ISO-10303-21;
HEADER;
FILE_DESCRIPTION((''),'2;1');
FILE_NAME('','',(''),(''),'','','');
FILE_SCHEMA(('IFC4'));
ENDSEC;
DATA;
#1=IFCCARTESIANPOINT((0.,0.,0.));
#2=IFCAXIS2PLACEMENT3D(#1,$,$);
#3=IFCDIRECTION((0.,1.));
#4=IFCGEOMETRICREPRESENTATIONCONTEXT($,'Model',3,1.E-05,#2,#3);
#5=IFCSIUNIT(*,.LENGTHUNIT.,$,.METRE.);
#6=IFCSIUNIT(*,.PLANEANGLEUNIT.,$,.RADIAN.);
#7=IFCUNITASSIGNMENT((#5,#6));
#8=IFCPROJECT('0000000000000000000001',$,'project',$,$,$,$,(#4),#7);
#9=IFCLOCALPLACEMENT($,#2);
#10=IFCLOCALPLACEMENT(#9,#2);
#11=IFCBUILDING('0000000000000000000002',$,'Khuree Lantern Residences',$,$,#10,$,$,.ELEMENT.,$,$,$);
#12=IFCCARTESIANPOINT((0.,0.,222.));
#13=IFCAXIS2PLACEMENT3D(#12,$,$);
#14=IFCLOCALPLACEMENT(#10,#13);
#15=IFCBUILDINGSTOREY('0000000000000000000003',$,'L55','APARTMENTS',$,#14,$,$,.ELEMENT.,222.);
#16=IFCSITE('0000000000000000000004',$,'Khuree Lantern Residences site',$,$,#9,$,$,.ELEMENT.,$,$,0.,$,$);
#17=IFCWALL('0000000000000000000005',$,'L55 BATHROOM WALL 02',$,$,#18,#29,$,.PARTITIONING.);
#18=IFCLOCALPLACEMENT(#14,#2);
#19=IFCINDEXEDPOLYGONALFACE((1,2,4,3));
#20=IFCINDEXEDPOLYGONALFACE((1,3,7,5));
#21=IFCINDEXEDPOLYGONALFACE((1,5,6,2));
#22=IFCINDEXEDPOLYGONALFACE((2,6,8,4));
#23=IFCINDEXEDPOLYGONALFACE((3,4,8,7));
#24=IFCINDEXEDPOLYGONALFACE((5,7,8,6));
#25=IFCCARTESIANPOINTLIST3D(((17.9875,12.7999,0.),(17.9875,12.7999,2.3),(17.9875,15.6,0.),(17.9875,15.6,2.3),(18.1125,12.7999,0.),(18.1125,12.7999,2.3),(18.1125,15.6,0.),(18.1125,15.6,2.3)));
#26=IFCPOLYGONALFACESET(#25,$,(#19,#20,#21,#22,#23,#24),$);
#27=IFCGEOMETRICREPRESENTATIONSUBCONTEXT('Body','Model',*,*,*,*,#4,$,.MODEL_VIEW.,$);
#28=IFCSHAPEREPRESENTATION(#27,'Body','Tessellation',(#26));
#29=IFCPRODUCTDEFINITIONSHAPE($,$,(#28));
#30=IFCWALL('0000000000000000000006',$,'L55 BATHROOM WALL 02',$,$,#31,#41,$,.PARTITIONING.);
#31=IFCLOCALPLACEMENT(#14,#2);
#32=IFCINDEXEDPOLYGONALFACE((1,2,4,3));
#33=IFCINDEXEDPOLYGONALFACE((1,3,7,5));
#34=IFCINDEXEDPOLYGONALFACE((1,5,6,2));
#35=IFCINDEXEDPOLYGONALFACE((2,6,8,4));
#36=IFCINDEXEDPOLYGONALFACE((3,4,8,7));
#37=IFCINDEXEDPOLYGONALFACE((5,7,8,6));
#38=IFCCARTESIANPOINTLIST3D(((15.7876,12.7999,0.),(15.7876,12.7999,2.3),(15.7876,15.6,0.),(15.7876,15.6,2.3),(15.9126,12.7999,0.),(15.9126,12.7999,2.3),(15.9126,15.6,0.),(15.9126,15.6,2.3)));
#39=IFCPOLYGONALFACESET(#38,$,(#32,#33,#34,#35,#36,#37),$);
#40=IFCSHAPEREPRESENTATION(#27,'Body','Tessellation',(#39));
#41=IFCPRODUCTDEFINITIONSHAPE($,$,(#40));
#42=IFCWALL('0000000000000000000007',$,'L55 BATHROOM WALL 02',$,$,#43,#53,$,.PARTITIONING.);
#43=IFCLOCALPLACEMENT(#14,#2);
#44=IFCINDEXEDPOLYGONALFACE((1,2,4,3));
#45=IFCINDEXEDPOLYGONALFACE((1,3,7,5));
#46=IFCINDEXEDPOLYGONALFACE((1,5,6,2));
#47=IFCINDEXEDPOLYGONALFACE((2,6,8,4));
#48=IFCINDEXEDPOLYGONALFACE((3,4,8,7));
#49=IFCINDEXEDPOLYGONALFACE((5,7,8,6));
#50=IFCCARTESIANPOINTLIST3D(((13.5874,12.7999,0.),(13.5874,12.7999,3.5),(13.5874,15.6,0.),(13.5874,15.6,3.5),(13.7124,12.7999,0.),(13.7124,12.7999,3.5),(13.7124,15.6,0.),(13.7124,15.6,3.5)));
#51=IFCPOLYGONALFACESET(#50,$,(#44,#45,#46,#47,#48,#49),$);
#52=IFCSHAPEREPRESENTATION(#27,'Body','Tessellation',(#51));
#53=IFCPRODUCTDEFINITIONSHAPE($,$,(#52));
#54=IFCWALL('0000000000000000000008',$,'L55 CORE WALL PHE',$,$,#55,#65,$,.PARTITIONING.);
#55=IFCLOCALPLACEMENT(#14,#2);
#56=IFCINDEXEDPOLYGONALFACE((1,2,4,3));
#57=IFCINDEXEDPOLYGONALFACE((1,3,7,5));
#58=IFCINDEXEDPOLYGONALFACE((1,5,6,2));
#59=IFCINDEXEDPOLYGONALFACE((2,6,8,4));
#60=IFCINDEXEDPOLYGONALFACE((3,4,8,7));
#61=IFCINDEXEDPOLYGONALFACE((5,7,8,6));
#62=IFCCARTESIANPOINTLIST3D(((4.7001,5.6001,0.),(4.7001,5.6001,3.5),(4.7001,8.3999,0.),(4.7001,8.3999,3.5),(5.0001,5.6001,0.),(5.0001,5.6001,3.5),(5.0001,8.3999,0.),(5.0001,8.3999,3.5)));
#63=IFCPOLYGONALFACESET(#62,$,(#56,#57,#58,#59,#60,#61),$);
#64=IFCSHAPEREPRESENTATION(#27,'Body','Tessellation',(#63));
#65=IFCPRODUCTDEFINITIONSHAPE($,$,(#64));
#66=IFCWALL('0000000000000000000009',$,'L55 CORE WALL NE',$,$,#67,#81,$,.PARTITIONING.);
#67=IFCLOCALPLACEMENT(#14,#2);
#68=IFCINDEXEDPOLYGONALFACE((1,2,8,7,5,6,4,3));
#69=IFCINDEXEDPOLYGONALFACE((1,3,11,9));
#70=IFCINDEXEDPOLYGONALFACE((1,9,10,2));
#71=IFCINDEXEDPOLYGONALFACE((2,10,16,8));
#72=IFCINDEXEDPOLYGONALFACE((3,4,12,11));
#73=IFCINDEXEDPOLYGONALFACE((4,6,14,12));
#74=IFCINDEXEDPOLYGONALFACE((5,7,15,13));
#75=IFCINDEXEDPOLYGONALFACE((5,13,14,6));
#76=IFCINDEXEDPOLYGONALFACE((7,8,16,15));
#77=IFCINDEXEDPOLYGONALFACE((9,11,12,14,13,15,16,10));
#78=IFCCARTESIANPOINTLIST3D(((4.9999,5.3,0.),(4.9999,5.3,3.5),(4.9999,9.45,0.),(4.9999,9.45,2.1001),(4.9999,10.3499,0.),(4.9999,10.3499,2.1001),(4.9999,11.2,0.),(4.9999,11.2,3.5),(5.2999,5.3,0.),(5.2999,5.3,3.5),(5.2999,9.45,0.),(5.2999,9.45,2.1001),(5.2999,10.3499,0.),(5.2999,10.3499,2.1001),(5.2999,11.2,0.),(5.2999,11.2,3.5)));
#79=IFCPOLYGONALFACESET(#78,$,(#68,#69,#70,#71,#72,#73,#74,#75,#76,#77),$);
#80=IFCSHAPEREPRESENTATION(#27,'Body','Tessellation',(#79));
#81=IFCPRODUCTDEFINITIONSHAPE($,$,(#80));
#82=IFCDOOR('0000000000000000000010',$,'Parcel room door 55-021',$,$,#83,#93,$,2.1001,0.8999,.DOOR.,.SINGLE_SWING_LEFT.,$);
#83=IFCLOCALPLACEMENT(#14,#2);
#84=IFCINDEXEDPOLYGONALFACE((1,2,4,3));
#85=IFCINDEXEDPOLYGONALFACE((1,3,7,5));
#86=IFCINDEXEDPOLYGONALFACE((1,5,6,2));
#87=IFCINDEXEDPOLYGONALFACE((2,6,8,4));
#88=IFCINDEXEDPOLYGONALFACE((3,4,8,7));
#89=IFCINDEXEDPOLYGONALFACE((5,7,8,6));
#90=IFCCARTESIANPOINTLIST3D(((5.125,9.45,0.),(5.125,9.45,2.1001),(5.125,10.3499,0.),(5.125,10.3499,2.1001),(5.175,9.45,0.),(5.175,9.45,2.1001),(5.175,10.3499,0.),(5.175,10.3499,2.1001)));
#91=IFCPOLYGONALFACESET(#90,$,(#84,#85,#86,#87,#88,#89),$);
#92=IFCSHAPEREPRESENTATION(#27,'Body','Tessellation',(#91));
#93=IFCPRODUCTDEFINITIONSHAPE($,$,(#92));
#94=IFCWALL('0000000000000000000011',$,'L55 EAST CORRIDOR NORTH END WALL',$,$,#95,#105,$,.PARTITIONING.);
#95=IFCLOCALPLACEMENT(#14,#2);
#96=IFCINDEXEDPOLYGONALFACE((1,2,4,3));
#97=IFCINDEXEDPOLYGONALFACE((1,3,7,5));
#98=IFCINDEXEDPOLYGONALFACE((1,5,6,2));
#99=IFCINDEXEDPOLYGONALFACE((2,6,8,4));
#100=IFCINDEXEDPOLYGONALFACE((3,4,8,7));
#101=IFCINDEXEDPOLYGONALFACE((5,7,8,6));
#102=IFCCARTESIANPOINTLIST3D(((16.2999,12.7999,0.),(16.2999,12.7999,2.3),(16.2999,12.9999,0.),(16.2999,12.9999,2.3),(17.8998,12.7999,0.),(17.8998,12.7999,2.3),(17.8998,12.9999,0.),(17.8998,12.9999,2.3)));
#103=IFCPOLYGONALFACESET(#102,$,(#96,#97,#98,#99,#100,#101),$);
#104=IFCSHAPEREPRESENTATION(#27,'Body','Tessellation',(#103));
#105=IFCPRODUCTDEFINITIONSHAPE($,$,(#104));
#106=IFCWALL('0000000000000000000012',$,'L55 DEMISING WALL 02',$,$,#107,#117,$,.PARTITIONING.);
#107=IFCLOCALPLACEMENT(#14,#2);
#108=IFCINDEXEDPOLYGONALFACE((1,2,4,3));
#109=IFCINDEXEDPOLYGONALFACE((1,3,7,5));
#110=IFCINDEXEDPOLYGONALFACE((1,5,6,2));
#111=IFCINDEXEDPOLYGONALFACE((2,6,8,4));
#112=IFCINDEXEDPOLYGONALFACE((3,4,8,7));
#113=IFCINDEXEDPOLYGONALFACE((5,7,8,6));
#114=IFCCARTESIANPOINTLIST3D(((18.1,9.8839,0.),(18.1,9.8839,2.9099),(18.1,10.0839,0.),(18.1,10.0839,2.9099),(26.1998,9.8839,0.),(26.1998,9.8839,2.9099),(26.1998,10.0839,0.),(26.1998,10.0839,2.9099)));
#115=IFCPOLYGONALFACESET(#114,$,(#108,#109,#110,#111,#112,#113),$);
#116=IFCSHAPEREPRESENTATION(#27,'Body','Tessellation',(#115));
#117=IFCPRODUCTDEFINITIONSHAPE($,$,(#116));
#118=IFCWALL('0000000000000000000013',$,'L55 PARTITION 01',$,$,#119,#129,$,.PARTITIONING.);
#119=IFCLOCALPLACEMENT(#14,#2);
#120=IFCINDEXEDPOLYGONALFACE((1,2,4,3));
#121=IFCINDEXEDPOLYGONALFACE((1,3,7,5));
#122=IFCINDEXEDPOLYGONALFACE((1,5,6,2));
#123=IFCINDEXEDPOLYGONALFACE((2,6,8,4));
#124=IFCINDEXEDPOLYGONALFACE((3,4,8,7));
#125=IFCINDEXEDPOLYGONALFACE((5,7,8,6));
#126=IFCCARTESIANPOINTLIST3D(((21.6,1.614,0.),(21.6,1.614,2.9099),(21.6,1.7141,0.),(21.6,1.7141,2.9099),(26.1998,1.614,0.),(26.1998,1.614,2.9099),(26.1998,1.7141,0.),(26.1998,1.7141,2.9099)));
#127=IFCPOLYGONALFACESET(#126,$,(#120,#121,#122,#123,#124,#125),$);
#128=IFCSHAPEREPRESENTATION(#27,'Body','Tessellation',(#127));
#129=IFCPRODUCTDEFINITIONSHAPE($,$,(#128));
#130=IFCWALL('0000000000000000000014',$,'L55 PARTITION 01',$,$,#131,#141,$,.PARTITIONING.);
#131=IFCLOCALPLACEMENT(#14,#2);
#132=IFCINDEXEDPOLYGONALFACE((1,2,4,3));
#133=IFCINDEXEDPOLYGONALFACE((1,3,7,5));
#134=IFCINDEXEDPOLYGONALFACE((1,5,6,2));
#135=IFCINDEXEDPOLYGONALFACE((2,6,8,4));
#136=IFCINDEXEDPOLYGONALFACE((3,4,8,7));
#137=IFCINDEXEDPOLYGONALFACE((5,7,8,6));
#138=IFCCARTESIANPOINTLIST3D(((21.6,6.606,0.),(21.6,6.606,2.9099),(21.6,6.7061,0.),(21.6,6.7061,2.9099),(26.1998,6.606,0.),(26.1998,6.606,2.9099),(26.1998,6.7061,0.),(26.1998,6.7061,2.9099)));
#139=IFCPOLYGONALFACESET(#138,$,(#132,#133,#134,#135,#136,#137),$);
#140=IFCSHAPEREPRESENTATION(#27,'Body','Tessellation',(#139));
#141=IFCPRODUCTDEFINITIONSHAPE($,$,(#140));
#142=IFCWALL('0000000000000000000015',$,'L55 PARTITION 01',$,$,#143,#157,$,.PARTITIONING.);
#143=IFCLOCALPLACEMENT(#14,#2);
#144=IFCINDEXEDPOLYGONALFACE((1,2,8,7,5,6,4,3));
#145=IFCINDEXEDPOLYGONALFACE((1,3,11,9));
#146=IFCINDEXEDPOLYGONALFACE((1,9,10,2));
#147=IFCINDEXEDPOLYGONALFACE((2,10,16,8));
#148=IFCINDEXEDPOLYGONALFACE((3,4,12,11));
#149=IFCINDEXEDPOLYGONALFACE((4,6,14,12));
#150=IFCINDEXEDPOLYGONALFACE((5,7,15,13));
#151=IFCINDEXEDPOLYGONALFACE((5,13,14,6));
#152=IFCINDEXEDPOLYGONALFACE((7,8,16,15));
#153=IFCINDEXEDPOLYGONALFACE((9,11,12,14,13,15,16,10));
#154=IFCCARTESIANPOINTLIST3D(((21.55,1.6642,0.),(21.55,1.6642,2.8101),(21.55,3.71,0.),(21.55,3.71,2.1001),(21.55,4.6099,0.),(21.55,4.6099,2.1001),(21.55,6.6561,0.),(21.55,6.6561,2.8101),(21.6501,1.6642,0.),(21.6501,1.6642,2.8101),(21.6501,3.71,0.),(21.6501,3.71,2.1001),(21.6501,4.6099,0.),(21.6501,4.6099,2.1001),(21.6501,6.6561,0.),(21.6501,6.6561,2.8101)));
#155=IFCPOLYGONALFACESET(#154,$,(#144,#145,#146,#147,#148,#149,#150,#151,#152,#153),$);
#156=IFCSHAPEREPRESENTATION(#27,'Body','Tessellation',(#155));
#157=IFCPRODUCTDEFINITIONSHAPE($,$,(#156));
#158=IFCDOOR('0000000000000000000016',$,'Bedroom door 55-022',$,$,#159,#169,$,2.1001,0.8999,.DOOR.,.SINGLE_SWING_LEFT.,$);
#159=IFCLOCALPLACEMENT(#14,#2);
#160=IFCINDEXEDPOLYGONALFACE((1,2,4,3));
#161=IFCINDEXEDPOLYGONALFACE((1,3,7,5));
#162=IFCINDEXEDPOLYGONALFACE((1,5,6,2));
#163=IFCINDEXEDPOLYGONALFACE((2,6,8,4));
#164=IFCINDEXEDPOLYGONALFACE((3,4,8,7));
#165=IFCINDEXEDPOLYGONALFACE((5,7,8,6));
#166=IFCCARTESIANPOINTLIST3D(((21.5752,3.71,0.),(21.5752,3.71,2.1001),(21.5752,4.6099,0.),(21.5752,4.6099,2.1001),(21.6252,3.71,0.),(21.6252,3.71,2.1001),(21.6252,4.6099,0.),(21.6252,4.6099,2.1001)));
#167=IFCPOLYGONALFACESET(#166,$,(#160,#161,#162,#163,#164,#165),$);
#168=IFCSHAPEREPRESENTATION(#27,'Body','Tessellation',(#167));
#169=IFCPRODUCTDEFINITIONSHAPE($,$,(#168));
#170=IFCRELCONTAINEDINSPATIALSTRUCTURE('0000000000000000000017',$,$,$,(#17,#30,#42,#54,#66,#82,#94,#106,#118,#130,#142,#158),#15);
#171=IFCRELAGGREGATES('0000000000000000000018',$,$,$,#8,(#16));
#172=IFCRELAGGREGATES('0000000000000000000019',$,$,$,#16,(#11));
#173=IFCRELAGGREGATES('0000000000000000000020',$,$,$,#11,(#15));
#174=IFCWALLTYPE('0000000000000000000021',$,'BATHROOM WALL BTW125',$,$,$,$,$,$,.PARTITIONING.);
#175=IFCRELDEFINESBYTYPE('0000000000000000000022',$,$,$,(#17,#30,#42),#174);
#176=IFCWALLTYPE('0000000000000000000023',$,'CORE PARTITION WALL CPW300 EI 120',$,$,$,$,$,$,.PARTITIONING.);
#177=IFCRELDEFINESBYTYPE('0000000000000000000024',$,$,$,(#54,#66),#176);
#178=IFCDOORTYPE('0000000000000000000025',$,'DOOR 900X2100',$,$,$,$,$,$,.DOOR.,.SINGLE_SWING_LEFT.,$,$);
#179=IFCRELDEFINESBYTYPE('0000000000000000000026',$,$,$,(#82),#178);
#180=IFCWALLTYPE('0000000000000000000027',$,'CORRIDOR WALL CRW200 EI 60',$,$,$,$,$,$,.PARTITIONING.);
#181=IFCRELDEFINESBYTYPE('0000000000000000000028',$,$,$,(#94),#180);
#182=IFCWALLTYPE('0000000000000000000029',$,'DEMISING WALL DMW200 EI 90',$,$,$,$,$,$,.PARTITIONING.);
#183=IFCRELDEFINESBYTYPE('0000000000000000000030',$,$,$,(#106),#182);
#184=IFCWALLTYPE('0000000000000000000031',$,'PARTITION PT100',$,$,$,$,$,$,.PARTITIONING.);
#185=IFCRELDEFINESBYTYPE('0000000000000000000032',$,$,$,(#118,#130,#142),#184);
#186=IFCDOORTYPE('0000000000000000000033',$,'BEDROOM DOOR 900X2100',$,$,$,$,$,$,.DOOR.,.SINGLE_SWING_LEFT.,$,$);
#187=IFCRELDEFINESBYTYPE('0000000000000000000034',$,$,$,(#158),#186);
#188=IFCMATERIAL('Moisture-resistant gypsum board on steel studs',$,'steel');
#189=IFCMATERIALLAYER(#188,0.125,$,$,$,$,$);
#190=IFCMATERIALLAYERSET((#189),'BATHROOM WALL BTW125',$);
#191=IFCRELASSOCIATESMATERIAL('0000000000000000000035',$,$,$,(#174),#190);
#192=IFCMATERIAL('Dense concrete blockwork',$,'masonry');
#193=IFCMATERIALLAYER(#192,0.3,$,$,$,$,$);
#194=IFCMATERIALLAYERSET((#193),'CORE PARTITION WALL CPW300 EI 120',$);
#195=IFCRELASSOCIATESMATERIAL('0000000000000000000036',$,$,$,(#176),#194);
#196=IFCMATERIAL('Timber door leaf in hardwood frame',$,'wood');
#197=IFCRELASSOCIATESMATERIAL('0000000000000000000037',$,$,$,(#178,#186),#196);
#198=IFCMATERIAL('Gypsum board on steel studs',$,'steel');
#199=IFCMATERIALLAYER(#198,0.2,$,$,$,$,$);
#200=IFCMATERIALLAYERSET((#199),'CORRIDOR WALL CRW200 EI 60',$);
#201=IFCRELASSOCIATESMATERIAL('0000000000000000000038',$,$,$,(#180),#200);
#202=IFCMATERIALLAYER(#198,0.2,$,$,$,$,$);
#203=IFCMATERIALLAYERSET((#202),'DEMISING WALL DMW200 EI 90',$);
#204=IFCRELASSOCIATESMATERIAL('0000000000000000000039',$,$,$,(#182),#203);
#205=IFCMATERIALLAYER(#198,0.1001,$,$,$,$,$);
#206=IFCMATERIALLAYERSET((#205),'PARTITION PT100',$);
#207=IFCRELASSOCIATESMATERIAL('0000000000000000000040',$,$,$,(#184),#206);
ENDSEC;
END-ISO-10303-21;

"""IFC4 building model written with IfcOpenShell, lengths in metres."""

from ifc_helpers import new_model, si_unit, direction, frame, frame_2d, origin, place, context, subcontext, project, spatial, rectangle, extrude, material, layer, layer_set, type_object, element, fill, save


model = new_model("IFC4")

# Units and contexts
model_context = context("Model", 3, precision=1e-05, world=origin(), true_north=direction((0.0, 1.0)))
body_context = subcontext(model_context, "Body", "Model", "MODEL_VIEW")
ifc_project = project(units=[si_unit("LENGTHUNIT", "METRE"), si_unit("PLANEANGLEUNIT", "RADIAN")], contexts=[model_context])

# Site, building, storey
site_placement = place(None, origin())
site = spatial("IfcSite", under=ifc_project, at=site_placement, Name="Khuree Lantern Residences site", CompositionType="ELEMENT", RefElevation=0.0)
building_placement = place(site_placement, origin())
building = spatial("IfcBuilding", under=site, at=building_placement, Name="Khuree Lantern Residences", CompositionType="ELEMENT")
storey_placement = place(building_placement, frame((0.0, 0.0, 222.0)))
storey = spatial("IfcBuildingStorey", under=building, at=storey_placement, Name="L55", Description="APARTMENTS", CompositionType="ELEMENT", Elevation=222.0)

# Shared definitions
ifc_material_1 = material(Name="Moisture-resistant gypsum board on steel studs", Category="steel")
ifc_layer_1 = layer(ifc_material_1, 0.125)
ifc_layer_set_1 = layer_set([ifc_layer_1], Name="BATHROOM WALL BTW125")
wall_type_1 = type_object("IfcWallType", Name="BATHROOM WALL BTW125", PredefinedType="PARTITIONING", material=ifc_layer_set_1)
ifc_material_2 = material(Name="Timber door leaf in hardwood frame", Category="wood")

# Walls
for number, where, z_axis, x_axis, name in (
    (1, (18.05, 12.8, 0.0), (0.0, 0.0, 1.0), (0.0, 1.0, 0.0), "L55 BATHROOM WALL 02"),
    (2, (15.8501, 12.8, 0.0), (0.0, 0.0, 1.0), (0.0, 1.0, 0.0), "L55 BATHROOM WALL 02"),
):
    element("IfcWall", number, at=place(storey_placement, frame(where, z_axis=z_axis, x_axis=x_axis)), inside=storey, type_object=wall_type_1, Name=name, PredefinedType="PARTITIONING", context=body_context, shape_type="SweptSolid", body=[
        extrude(rectangle(XDim=2.8, YDim=0.125, at=frame_2d((1.3999, 0.0))), origin(), (0.0, 0.0, 1.0), 2.3),
    ])
wall_1_placement = place(storey_placement, frame((13.6499, 12.8, 0.0), z_axis=(0.0, 0.0, 1.0), x_axis=(0.0, 1.0, 0.0)))
element("IfcWall", 3, at=wall_1_placement, inside=storey, type_object=wall_type_1, Name="L55 BATHROOM WALL 02", PredefinedType="PARTITIONING", context=body_context, shape_type="SweptSolid", body=[
    extrude(rectangle(XDim=2.8, YDim=0.125, at=frame_2d((1.3999, 0.0))), origin(), (0.0, 0.0, 1.0), 3.5),
])
ifc_material_3 = material(Name="Dense concrete blockwork", Category="masonry")
ifc_layer_2 = layer(ifc_material_3, 0.3)
ifc_layer_set_2 = layer_set([ifc_layer_2], Name="CORE PARTITION WALL CPW300 EI 120")
wall_type_2 = type_object("IfcWallType", Name="CORE PARTITION WALL CPW300 EI 120", PredefinedType="PARTITIONING", material=ifc_layer_set_2)
wall_2_placement = place(storey_placement, frame((4.8501, 5.6001, 0.0), z_axis=(0.0, 0.0, 1.0), x_axis=(0.0, 1.0, 0.0)))
element("IfcWall", 4, at=wall_2_placement, inside=storey, type_object=wall_type_2, Name="L55 CORE WALL PHE", PredefinedType="PARTITIONING", context=body_context, shape_type="SweptSolid", body=[
    extrude(rectangle(XDim=2.7998, YDim=0.3, at=frame_2d((1.3999, 0.0))), origin(), (0.0, 0.0, 1.0), 3.5),
])

# Wall, opening, door
wall_3_placement = place(storey_placement, frame((5.1499, 5.3, 0.0), z_axis=(0.0, 0.0, 1.0), x_axis=(0.0, 1.0, 0.0)))
wall_3 = element("IfcWall", 5, at=wall_3_placement, inside=storey, type_object=wall_type_2, Name="L55 CORE WALL NE", PredefinedType="PARTITIONING", context=body_context, shape_type="SweptSolid", body=[
    extrude(rectangle(XDim=5.8999, YDim=0.3, at=frame_2d((2.95, 0.0))), origin(), (0.0, 0.0, 1.0), 3.5),
])
opening_1_placement = place(wall_3_placement, frame((4.1499, 0.0, 0.0)))
opening_1 = element("IfcOpeningElement", 6, at=opening_1_placement, cuts=wall_3, PredefinedType="OPENING", context=body_context, shape_type="SweptSolid", body=[
    extrude(rectangle(XDim=0.8999, YDim=2.1001, at=frame_2d((0.45, 1.05))), frame((0.0, 0.1602, 0.0), z_axis=(0.0, -1.0, 0.0), x_axis=(1.0, 0.0, 0.0)), (0.0, 0.0, 1.0), 0.3201),
])
door_type_1 = type_object("IfcDoorType", Name="DOOR 900X2100", OperationType="SINGLE_SWING_LEFT", PredefinedType="DOOR", material=ifc_material_2)
door_1_placement = place(opening_1_placement, origin())
door_1 = element("IfcDoor", 7, at=door_1_placement, inside=storey, type_object=door_type_1, Name="Parcel room door 55-021", OperationType="SINGLE_SWING_LEFT", OverallHeight=2.1001, OverallWidth=0.8999, PredefinedType="DOOR", context=body_context, shape_type="SweptSolid", body=[
    extrude(rectangle(XDim=0.8999, YDim=2.1001, at=frame_2d((0.45, 1.05))), frame((0.0, 0.0249, 0.0), z_axis=(0.0, -1.0, 0.0), x_axis=(1.0, 0.0, 0.0)), (0.0, 0.0, 1.0), 0.05),
])
fill(opening_1, door_1)

# Walls
ifc_material_4 = material(Name="Gypsum board on steel studs", Category="steel")
ifc_layer_3 = layer(ifc_material_4, 0.2)
ifc_layer_set_3 = layer_set([ifc_layer_3], Name="CORRIDOR WALL CRW200 EI 60")
wall_type_3 = type_object("IfcWallType", Name="CORRIDOR WALL CRW200 EI 60", PredefinedType="PARTITIONING", material=ifc_layer_set_3)
wall_4_placement = place(storey_placement, frame((16.3, 12.8999, 0.0), z_axis=(0.0, 0.0, 1.0), x_axis=(1.0, 0.0, 0.0)))
element("IfcWall", 8, at=wall_4_placement, inside=storey, type_object=wall_type_3, Name="L55 EAST CORRIDOR NORTH END WALL", PredefinedType="PARTITIONING", context=body_context, shape_type="SweptSolid", body=[
    extrude(rectangle(XDim=1.5999, YDim=0.2, at=frame_2d((0.7998, 0.0))), origin(), (0.0, 0.0, 1.0), 2.3),
])
ifc_layer_4 = layer(ifc_material_4, 0.2)
ifc_layer_set_4 = layer_set([ifc_layer_4], Name="DEMISING WALL DMW200 EI 90")
wall_type_4 = type_object("IfcWallType", Name="DEMISING WALL DMW200 EI 90", PredefinedType="PARTITIONING", material=ifc_layer_set_4)
wall_5_placement = place(storey_placement, frame((18.1001, 9.9839, 0.0), z_axis=(0.0, 0.0, 1.0), x_axis=(1.0, 0.0, 0.0)))
element("IfcWall", 9, at=wall_5_placement, inside=storey, type_object=wall_type_4, Name="L55 DEMISING WALL 02", PredefinedType="PARTITIONING", context=body_context, shape_type="SweptSolid", body=[
    extrude(rectangle(XDim=8.0999, YDim=0.2, at=frame_2d((4.0498, 0.0))), origin(), (0.0, 0.0, 1.0), 2.9099),
])
ifc_layer_5 = layer(ifc_material_4, 0.1001)
ifc_layer_set_5 = layer_set([ifc_layer_5], Name="PARTITION PT100")
wall_type_5 = type_object("IfcWallType", Name="PARTITION PT100", PredefinedType="PARTITIONING", material=ifc_layer_set_5)
for number, where, z_axis, x_axis, name in (
    (10, (21.6001, 1.6641, 0.0), (0.0, 0.0, 1.0), (1.0, 0.0, 0.0), "L55 PARTITION 01"),
    (11, (21.6001, 6.656, 0.0), (0.0, 0.0, 1.0), (1.0, 0.0, 0.0), "L55 PARTITION 01"),
):
    element("IfcWall", number, at=place(storey_placement, frame(where, z_axis=z_axis, x_axis=x_axis)), inside=storey, type_object=wall_type_5, Name=name, PredefinedType="PARTITIONING", context=body_context, shape_type="SweptSolid", body=[
        extrude(rectangle(XDim=4.5999, YDim=0.1001, at=frame_2d((2.2998, 0.0))), origin(), (0.0, 0.0, 1.0), 2.9099),
    ])

# Wall, opening, door
wall_6_placement = place(storey_placement, frame((21.6001, 1.6641, 0.0), z_axis=(0.0, 0.0, 1.0), x_axis=(0.0, 1.0, 0.0)))
wall_6 = element("IfcWall", 12, at=wall_6_placement, inside=storey, type_object=wall_type_5, Name="L55 PARTITION 01", PredefinedType="PARTITIONING", context=body_context, shape_type="SweptSolid", body=[
    extrude(rectangle(XDim=4.9919, YDim=0.1001, at=frame_2d((2.4961, 0.0))), origin(), (0.0, 0.0, 1.0), 2.8101),
])
opening_2_placement = place(wall_6_placement, frame((2.0459, 0.0, 0.0)))
opening_2 = element("IfcOpeningElement", 13, at=opening_2_placement, cuts=wall_6, PredefinedType="OPENING", context=body_context, shape_type="SweptSolid", body=[
    extrude(rectangle(XDim=0.8999, YDim=2.1001, at=frame_2d((0.45, 1.05))), frame((0.0, 0.0601, 0.0), z_axis=(0.0, -1.0, 0.0), x_axis=(1.0, 0.0, 0.0)), (0.0, 0.0, 1.0), 0.1201),
])
door_type_2 = type_object("IfcDoorType", Name="BEDROOM DOOR 900X2100", OperationType="SINGLE_SWING_LEFT", PredefinedType="DOOR", material=ifc_material_2)
door_2_placement = place(opening_2_placement, origin())
door_2 = element("IfcDoor", 14, at=door_2_placement, inside=storey, type_object=door_type_2, Name="Bedroom door 55-022", OperationType="SINGLE_SWING_LEFT", OverallHeight=2.1001, OverallWidth=0.8999, PredefinedType="DOOR", context=body_context, shape_type="SweptSolid", body=[
    extrude(rectangle(XDim=0.8999, YDim=2.1001, at=frame_2d((0.45, 1.05))), frame((0.0, 0.0249, 0.0), z_axis=(0.0, -1.0, 0.0), x_axis=(1.0, 0.0, 0.0)), (0.0, 0.0, 1.0), 0.05),
])
fill(opening_2, door_2)

save(model, "model.ifc")
